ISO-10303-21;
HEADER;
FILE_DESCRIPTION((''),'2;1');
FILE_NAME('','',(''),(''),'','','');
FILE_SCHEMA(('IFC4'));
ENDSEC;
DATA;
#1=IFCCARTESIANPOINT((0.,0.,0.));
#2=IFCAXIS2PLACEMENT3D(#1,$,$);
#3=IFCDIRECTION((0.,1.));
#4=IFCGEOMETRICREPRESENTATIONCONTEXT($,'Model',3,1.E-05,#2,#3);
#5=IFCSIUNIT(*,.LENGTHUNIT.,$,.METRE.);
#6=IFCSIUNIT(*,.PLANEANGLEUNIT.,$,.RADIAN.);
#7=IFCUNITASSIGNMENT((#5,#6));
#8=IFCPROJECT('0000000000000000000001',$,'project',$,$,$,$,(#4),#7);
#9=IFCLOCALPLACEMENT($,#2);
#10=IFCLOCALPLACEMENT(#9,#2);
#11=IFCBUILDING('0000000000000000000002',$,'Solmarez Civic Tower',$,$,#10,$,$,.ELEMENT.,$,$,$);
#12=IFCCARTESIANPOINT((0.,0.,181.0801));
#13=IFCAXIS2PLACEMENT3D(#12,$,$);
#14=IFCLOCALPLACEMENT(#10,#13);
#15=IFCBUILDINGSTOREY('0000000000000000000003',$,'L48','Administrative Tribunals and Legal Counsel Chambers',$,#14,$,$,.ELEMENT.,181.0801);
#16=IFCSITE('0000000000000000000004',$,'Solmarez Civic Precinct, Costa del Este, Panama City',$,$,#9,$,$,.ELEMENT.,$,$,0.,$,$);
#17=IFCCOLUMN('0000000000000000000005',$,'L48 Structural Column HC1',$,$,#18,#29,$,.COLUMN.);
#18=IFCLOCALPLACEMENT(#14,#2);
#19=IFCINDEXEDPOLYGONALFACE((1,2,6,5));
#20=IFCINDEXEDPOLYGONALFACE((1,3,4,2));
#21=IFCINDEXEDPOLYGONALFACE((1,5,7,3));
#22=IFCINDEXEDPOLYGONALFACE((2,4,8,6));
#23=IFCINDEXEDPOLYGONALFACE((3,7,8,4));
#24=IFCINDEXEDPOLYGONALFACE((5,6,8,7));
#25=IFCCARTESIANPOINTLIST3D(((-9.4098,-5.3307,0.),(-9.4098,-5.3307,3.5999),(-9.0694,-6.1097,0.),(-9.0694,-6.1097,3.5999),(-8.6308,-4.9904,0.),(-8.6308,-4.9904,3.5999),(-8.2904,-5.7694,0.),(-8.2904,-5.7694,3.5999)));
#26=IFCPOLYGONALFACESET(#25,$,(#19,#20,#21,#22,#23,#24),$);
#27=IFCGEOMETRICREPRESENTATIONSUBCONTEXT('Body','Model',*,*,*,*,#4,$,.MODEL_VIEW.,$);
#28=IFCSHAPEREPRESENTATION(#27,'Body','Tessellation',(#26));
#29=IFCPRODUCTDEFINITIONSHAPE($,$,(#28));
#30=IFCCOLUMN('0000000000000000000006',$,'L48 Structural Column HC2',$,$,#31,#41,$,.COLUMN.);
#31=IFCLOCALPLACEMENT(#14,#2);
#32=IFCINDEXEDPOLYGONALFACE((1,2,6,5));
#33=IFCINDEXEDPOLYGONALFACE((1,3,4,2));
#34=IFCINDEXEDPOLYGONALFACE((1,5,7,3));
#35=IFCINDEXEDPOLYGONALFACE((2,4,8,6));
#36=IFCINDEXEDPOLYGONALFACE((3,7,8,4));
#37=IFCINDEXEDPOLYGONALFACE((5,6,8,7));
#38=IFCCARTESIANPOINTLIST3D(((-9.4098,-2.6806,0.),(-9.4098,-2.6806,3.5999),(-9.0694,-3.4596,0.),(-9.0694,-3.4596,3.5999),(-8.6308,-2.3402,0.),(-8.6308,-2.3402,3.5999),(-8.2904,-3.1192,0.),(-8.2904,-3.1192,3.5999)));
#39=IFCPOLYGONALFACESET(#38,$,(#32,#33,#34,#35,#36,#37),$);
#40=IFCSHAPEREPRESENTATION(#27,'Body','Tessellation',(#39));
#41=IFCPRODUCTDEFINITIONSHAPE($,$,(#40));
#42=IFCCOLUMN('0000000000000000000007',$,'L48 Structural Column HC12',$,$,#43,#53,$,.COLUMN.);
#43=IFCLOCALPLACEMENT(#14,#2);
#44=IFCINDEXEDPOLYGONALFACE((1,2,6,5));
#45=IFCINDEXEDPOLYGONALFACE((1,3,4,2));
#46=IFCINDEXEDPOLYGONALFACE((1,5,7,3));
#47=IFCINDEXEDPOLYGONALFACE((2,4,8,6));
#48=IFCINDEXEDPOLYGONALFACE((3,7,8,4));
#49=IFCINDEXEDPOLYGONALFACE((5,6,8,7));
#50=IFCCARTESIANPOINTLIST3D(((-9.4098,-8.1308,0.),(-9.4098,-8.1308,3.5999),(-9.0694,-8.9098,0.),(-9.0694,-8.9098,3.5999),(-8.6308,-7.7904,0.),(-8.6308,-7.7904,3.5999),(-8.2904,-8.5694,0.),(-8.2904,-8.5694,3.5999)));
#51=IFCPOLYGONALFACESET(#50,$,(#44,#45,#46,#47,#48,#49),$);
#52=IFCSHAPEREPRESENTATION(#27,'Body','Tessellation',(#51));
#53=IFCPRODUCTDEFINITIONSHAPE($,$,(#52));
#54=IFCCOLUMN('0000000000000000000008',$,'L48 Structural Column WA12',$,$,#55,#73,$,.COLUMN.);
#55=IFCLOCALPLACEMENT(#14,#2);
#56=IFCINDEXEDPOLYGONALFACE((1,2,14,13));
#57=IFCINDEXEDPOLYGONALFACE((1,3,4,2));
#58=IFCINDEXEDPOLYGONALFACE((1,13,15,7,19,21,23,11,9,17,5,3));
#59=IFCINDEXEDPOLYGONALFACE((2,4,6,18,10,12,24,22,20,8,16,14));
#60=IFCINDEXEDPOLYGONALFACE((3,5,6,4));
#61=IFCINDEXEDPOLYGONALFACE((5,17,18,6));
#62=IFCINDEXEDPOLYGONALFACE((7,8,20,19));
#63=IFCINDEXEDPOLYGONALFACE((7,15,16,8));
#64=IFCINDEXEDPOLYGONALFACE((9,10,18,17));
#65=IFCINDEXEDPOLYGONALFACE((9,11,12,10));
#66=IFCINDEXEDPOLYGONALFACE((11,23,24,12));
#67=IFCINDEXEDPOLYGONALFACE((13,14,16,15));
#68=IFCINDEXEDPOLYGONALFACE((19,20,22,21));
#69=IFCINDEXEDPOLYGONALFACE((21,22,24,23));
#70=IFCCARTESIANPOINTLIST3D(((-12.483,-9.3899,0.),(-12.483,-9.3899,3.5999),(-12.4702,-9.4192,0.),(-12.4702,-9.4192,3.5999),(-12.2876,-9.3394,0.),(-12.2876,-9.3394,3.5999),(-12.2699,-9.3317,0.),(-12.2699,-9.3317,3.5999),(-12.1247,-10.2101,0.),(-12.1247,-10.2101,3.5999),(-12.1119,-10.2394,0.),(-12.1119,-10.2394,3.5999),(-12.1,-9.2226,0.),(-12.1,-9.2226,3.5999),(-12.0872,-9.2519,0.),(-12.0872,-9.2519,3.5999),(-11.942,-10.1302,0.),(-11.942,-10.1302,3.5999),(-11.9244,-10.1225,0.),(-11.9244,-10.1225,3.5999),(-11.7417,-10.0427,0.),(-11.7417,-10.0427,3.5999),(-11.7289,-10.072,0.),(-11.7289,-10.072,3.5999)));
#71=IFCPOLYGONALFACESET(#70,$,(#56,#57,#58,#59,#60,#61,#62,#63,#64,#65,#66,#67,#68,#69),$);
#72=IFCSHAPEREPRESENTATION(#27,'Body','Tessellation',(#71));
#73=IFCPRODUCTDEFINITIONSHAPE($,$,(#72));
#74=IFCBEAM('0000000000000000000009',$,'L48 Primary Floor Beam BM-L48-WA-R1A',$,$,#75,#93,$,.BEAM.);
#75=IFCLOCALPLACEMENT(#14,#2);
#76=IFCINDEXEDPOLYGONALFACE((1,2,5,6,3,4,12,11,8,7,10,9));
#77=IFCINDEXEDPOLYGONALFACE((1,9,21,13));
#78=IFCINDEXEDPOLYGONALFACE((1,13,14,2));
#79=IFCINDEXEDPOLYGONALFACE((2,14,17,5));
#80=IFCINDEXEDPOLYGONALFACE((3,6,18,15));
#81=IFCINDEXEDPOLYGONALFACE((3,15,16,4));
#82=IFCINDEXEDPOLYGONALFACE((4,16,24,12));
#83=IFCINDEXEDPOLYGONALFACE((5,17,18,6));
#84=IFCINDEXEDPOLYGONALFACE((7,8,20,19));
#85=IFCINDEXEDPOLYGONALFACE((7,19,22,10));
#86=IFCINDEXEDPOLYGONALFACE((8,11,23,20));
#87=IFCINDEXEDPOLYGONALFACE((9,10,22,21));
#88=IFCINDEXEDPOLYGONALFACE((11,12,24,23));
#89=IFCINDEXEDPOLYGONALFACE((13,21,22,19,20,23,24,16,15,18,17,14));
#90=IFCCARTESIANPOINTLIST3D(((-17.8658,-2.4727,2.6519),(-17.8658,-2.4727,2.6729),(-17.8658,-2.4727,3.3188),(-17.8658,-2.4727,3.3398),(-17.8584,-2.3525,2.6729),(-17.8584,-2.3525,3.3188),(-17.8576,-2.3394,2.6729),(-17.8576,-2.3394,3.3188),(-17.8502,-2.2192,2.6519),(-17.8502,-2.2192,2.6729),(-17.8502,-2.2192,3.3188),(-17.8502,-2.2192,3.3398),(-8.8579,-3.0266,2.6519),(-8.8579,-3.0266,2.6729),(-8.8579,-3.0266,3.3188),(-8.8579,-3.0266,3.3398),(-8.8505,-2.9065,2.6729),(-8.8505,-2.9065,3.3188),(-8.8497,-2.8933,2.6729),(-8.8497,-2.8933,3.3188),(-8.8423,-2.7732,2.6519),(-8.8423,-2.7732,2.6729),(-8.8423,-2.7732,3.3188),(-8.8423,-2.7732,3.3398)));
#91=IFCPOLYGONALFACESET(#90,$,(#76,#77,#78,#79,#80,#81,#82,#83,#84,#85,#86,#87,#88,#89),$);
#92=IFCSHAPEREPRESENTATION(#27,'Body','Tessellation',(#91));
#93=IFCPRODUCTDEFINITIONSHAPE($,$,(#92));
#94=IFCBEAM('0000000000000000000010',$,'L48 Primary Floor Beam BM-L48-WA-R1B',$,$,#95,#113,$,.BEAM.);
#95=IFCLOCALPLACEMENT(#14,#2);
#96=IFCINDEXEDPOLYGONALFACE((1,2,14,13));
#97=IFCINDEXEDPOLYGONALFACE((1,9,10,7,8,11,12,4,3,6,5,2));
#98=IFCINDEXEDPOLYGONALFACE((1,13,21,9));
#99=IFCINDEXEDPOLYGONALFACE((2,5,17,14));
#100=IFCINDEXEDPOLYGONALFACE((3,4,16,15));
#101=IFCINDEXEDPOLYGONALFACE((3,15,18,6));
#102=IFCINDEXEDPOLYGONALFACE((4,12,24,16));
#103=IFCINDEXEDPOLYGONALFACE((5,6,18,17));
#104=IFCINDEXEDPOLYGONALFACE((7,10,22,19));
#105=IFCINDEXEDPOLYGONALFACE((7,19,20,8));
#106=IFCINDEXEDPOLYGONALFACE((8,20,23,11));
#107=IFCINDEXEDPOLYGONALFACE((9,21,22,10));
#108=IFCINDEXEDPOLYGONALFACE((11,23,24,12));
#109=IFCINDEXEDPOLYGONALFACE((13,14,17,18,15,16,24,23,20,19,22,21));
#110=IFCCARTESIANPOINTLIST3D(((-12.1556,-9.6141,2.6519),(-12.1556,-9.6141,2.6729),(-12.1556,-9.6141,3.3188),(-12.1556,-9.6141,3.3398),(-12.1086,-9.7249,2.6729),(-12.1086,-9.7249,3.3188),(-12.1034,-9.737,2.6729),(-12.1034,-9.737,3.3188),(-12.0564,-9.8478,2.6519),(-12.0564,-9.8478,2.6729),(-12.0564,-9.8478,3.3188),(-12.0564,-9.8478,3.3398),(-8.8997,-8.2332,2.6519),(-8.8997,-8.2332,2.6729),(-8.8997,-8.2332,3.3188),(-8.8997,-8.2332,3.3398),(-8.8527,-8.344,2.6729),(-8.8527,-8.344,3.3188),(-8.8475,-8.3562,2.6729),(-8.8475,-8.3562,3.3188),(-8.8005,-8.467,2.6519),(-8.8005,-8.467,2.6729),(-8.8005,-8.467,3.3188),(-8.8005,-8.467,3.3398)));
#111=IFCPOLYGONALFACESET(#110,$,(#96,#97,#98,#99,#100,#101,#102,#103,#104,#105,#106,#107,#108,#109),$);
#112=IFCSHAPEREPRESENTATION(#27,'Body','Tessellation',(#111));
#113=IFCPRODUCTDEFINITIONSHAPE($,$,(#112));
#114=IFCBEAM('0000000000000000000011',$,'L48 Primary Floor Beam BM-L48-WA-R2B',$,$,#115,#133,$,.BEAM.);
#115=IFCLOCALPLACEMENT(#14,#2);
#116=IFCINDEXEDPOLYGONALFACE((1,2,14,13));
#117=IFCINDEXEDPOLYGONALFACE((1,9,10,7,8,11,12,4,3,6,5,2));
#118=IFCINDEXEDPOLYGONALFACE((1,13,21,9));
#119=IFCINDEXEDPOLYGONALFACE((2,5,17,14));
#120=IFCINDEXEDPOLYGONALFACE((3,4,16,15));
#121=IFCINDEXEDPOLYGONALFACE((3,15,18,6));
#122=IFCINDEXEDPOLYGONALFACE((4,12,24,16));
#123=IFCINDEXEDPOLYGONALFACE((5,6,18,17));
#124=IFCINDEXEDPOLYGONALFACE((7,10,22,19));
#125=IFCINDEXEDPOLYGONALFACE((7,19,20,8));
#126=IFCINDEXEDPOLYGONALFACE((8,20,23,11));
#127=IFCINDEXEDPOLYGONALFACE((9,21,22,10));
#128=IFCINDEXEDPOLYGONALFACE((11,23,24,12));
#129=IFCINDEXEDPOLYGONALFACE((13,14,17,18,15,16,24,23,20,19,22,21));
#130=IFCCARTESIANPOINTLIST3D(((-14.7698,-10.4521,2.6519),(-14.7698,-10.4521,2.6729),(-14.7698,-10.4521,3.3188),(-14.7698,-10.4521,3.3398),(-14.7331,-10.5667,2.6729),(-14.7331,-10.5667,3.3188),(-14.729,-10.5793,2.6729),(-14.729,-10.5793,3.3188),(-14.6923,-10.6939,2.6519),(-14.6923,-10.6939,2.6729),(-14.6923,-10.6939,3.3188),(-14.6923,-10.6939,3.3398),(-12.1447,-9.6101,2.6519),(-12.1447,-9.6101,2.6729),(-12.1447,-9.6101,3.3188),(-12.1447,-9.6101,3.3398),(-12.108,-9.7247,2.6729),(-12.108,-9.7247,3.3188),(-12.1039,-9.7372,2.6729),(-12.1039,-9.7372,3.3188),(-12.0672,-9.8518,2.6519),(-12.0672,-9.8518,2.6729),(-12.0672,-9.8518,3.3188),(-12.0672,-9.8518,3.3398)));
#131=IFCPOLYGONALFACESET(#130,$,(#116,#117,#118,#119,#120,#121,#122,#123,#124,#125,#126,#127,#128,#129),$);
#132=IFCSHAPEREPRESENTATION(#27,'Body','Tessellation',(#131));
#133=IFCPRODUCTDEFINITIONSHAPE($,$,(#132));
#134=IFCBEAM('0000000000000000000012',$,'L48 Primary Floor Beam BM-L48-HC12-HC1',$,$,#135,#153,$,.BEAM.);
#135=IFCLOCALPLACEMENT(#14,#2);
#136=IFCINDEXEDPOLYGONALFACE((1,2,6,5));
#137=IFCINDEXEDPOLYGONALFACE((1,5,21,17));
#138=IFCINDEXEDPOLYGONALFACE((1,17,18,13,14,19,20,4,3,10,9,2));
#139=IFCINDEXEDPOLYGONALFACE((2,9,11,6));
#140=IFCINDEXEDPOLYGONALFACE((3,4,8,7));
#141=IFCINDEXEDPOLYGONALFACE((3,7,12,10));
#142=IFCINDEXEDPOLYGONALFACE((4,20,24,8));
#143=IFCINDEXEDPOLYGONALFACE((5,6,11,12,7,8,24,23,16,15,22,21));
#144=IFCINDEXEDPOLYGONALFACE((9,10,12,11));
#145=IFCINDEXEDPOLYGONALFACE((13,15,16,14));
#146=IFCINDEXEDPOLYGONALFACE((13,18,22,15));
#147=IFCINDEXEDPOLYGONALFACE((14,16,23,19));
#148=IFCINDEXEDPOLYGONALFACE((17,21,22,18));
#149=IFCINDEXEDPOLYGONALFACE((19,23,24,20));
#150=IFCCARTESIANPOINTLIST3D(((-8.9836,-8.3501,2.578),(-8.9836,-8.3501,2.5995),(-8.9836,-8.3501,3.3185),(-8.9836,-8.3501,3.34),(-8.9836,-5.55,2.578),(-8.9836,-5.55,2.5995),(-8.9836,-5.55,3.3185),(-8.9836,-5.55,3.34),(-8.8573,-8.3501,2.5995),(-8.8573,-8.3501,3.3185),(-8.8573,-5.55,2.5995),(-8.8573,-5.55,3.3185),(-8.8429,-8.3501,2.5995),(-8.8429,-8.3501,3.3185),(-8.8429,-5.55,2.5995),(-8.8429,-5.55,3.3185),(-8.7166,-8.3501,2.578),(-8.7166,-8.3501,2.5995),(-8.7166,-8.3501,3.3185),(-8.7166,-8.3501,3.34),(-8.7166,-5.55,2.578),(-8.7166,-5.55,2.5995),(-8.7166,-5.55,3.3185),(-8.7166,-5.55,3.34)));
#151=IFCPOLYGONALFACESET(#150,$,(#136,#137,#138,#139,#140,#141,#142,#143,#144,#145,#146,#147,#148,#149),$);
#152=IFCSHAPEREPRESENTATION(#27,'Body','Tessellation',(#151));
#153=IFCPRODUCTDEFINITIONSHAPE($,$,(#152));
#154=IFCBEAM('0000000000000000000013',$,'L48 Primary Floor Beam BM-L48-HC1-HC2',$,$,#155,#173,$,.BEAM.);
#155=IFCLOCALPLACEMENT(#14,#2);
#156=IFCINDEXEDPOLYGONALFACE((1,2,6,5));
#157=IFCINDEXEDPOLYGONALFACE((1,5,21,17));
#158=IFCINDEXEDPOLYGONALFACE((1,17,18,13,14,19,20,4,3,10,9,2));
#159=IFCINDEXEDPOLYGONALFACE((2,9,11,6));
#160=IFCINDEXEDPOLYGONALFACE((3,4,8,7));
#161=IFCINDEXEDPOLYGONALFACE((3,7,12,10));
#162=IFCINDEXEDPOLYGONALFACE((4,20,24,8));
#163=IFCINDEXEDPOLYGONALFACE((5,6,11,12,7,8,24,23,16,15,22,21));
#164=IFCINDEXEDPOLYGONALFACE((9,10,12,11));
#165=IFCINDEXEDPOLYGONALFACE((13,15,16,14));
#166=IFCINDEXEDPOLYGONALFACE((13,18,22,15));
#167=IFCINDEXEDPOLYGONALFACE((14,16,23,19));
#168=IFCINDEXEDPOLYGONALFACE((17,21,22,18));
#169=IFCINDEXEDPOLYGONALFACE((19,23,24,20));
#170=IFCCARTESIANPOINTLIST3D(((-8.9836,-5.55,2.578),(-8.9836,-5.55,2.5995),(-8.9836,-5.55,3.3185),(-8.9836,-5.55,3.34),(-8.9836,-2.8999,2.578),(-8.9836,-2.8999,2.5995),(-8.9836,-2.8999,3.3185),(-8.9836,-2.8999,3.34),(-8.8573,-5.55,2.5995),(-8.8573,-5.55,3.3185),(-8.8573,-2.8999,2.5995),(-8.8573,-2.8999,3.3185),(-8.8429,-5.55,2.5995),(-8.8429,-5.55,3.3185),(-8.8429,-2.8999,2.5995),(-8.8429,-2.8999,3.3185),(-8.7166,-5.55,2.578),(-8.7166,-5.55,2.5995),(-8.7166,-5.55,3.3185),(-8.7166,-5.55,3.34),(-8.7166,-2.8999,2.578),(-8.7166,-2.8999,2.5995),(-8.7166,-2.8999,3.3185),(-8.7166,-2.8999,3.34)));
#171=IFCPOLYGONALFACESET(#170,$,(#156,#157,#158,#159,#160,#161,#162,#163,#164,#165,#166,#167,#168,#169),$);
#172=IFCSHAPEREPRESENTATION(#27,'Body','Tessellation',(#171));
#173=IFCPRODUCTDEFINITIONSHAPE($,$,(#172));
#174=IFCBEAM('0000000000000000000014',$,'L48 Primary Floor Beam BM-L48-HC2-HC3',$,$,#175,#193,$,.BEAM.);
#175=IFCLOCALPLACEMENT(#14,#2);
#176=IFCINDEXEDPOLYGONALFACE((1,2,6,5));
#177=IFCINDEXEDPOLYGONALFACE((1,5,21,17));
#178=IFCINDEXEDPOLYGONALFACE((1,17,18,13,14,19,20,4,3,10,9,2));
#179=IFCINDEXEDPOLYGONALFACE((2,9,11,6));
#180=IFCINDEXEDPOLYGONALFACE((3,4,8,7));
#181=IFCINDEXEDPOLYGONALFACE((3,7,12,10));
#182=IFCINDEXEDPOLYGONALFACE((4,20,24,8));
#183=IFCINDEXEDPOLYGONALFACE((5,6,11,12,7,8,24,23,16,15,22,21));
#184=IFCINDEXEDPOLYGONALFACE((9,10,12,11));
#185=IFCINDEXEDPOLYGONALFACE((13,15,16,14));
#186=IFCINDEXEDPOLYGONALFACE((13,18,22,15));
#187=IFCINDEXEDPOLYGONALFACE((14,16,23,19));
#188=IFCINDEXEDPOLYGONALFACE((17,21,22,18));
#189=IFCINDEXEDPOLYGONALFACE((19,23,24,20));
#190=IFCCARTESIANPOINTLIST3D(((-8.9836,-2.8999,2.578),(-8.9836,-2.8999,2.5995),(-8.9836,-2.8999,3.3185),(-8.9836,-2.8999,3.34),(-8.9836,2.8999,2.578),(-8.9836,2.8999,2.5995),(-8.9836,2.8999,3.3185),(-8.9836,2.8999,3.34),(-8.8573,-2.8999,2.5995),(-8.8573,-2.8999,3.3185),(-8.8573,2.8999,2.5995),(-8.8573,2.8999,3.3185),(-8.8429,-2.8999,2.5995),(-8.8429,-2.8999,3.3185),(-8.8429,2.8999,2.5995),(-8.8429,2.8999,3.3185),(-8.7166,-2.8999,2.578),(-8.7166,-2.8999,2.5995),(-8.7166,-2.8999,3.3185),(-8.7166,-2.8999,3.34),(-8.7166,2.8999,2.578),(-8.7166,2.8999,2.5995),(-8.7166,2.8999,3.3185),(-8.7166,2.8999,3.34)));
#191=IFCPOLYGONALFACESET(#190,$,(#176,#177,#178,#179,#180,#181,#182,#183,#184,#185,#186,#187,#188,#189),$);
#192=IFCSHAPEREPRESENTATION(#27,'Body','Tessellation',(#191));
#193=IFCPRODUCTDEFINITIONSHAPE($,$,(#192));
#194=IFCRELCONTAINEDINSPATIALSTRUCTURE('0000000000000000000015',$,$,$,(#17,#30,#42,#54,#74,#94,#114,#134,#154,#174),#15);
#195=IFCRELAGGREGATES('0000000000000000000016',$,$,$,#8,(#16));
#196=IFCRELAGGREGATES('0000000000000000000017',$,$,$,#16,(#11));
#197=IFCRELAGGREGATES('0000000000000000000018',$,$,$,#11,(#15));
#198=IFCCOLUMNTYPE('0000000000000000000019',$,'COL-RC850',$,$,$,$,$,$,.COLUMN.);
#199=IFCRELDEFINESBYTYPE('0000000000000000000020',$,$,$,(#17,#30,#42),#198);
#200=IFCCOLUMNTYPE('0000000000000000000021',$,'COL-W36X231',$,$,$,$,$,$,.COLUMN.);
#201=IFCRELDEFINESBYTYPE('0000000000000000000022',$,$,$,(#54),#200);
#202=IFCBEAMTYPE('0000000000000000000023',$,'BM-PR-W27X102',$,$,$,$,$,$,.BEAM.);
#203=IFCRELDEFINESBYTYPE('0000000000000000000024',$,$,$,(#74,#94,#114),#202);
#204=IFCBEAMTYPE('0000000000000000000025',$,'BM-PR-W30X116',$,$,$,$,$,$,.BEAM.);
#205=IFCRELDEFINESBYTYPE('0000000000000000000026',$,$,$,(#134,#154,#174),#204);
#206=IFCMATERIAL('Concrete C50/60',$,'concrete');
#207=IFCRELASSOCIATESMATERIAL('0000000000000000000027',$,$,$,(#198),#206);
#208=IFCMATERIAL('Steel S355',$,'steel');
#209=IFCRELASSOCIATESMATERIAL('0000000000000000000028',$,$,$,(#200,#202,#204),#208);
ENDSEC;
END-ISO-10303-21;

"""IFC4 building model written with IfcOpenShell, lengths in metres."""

from ifc_helpers import new_model, si_unit, direction, frame, origin, origin_2d, place, context, subcontext, project, spatial, rectangle, i_section, extrude, material, material_profile, profile_set, type_object, element, save


model = new_model("IFC4")

# Units and contexts
model_context = context("Model", 3, precision=1e-05, world=origin(), true_north=direction((0.0, 1.0)))
body_context = subcontext(model_context, "Body", "Model", "MODEL_VIEW")
ifc_project = project(units=[si_unit("LENGTHUNIT", "METRE"), si_unit("PLANEANGLEUNIT", "RADIAN")], contexts=[model_context])

# Site, building, storey
site_placement = place(None, origin())
site = spatial("IfcSite", under=ifc_project, at=site_placement, Name="Solmarez Civic Precinct, Costa del Este, Panama City", CompositionType="ELEMENT", RefElevation=0.0)
building_placement = place(site_placement, origin())
building = spatial("IfcBuilding", under=site, at=building_placement, Name="Solmarez Civic Tower", CompositionType="ELEMENT")
storey_placement = place(building_placement, frame((0.0, 0.0, 181.0801)))
storey = spatial("IfcBuildingStorey", under=building, at=storey_placement, Name="L48", Description="Administrative Tribunals and Legal Counsel Chambers", CompositionType="ELEMENT", Elevation=181.0801)

# Columns
ifc_material_1 = material(Name="Concrete C50/60", Category="concrete")
ifc_material_profile_1 = material_profile(ifc_material_1, rectangle(XDim=0.8501, YDim=0.8501, at=origin_2d()), Name="RC850X850")
ifc_profile_set_1 = profile_set([ifc_material_profile_1], Name="Concrete C50/60")
column_type_1 = type_object("IfcColumnType", Name="COL-RC850", PredefinedType="COLUMN", material=ifc_profile_set_1)
for number, where, z_axis, x_axis, name in (
    (1, (-8.8501, -5.55, 0.0), (0.0, 0.0, 1.0), (0.916363, 0.400349, 0.0), "L48 Structural Column HC1"),
    (2, (-8.8501, -2.8999, 0.0), (0.0, 0.0, 1.0), (0.916363, 0.400349, 0.0), "L48 Structural Column HC2"),
    (3, (-8.8501, -8.3501, 0.0), (0.0, 0.0, 1.0), (0.916363, 0.400349, 0.0), "L48 Structural Column HC12"),
):
    element("IfcColumn", number, at=place(storey_placement, frame(where, z_axis=z_axis, x_axis=x_axis)), inside=storey, type_object=column_type_1, Name=name, PredefinedType="COLUMN", context=body_context, shape_type="SweptSolid", body=[
        extrude(rectangle(XDim=0.8501, YDim=0.8501, at=origin_2d()), origin(), (0.0, 0.0, 1.0), 3.5999),
    ])
ifc_material_2 = material(Name="Steel S355", Category="steel")
ifc_material_profile_2 = material_profile(ifc_material_2, i_section(OverallWidth=0.418, OverallDepth=0.927, WebThickness=0.0193, FlangeThickness=0.032, at=origin_2d()), Name="W36X231")
ifc_profile_set_2 = profile_set([ifc_material_profile_2], Name="Steel S355")
column_type_2 = type_object("IfcColumnType", Name="COL-W36X231", PredefinedType="COLUMN", material=ifc_profile_set_2)
column_placement = place(storey_placement, frame((-12.106, -9.731, 0.0), z_axis=(0.0, 0.0, 1.0), x_axis=(0.916363, 0.400349, 0.0)))
element("IfcColumn", 4, at=column_placement, inside=storey, type_object=column_type_2, Name="L48 Structural Column WA12", PredefinedType="COLUMN", context=body_context, shape_type="SweptSolid", body=[
    extrude(i_section(OverallWidth=0.418, OverallDepth=0.927, WebThickness=0.0193, FlangeThickness=0.032, at=origin_2d()), origin(), (0.0, 0.0, 1.0), 3.5999),
])

# Beams
ifc_material_profile_3 = material_profile(ifc_material_2, i_section(OverallWidth=0.2539, OverallDepth=0.688, WebThickness=0.0132, FlangeThickness=0.021, at=origin_2d()), Name="W27X102")
ifc_profile_set_3 = profile_set([ifc_material_profile_3], Name="Steel S355")
beam_type_1 = type_object("IfcBeamType", Name="BM-PR-W27X102", PredefinedType="BEAM", material=ifc_profile_set_3)
beam_1_placement = place(storey_placement, frame((-8.8501, -2.8999, 2.9958), z_axis=(-0.998114, 0.061381, 0.0), x_axis=(-0.061381, -0.998114, 0.0)))
element("IfcBeam", 5, at=beam_1_placement, inside=storey, type_object=beam_type_1, Name="L48 Primary Floor Beam BM-L48-WA-R1A", PredefinedType="BEAM", context=body_context, shape_type="SweptSolid", body=[
    extrude(i_section(OverallWidth=0.2539, OverallDepth=0.688, WebThickness=0.0132, FlangeThickness=0.021, at=origin_2d()), origin(), (0.0, 0.0, 1.0), 9.0249),
])
beam_2_placement = place(storey_placement, frame((-8.8501, -8.3501, 2.9958), z_axis=(-0.920624, -0.390451, 0.0), x_axis=(0.390451, -0.920624, 0.0)))
element("IfcBeam", 6, at=beam_2_placement, inside=storey, type_object=beam_type_1, Name="L48 Primary Floor Beam BM-L48-WA-R1B", PredefinedType="BEAM", context=body_context, shape_type="SweptSolid", body=[
    extrude(i_section(OverallWidth=0.2539, OverallDepth=0.688, WebThickness=0.0132, FlangeThickness=0.021, at=origin_2d()), origin(), (0.0, 0.0, 1.0), 3.5366),
])
beam_3_placement = place(storey_placement, frame((-12.106, -9.731, 2.9958), z_axis=(-0.952209, -0.305447, 0.0), x_axis=(0.305447, -0.952209, 0.0)))
element("IfcBeam", 7, at=beam_3_placement, inside=storey, type_object=beam_type_1, Name="L48 Primary Floor Beam BM-L48-WA-R2B", PredefinedType="BEAM", context=body_context, shape_type="SweptSolid", body=[
    extrude(i_section(OverallWidth=0.2539, OverallDepth=0.688, WebThickness=0.0132, FlangeThickness=0.021, at=origin_2d()), origin(), (0.0, 0.0, 1.0), 2.7568),
])
ifc_material_profile_4 = material_profile(ifc_material_2, i_section(OverallWidth=0.2671, OverallDepth=0.762, WebThickness=0.0144, FlangeThickness=0.0215, at=origin_2d()), Name="W30X116")
ifc_profile_set_4 = profile_set([ifc_material_profile_4], Name="Steel S355")
beam_type_2 = type_object("IfcBeamType", Name="BM-PR-W30X116", PredefinedType="BEAM", material=ifc_profile_set_4)
beam_4_placement = place(storey_placement, frame((-8.8501, -8.3501, 2.959), z_axis=(0.0, 1.0, 0.0), x_axis=(-1.0, 0.0, 0.0)))
element("IfcBeam", 8, at=beam_4_placement, inside=storey, type_object=beam_type_2, Name="L48 Primary Floor Beam BM-L48-HC12-HC1", PredefinedType="BEAM", context=body_context, shape_type="SweptSolid", body=[
    extrude(i_section(OverallWidth=0.2671, OverallDepth=0.762, WebThickness=0.0144, FlangeThickness=0.0215, at=origin_2d()), origin(), (0.0, 0.0, 1.0), 2.8),
])
beam_5_placement = place(storey_placement, frame((-8.8501, -5.55, 2.959), z_axis=(0.0, 1.0, 0.0), x_axis=(-1.0, 0.0, 0.0)))
element("IfcBeam", 9, at=beam_5_placement, inside=storey, type_object=beam_type_2, Name="L48 Primary Floor Beam BM-L48-HC1-HC2", PredefinedType="BEAM", context=body_context, shape_type="SweptSolid", body=[
    extrude(i_section(OverallWidth=0.2671, OverallDepth=0.762, WebThickness=0.0144, FlangeThickness=0.0215, at=origin_2d()), origin(), (0.0, 0.0, 1.0), 2.6501),
])
beam_6_placement = place(storey_placement, frame((-8.8501, -2.8999, 2.959), z_axis=(0.0, 1.0, 0.0), x_axis=(-1.0, 0.0, 0.0)))
element("IfcBeam", 10, at=beam_6_placement, inside=storey, type_object=beam_type_2, Name="L48 Primary Floor Beam BM-L48-HC2-HC3", PredefinedType="BEAM", context=body_context, shape_type="SweptSolid", body=[
    extrude(i_section(OverallWidth=0.2671, OverallDepth=0.762, WebThickness=0.0144, FlangeThickness=0.0215, at=origin_2d()), origin(), (0.0, 0.0, 1.0), 5.7998),
])

save(model, "model.ifc")
